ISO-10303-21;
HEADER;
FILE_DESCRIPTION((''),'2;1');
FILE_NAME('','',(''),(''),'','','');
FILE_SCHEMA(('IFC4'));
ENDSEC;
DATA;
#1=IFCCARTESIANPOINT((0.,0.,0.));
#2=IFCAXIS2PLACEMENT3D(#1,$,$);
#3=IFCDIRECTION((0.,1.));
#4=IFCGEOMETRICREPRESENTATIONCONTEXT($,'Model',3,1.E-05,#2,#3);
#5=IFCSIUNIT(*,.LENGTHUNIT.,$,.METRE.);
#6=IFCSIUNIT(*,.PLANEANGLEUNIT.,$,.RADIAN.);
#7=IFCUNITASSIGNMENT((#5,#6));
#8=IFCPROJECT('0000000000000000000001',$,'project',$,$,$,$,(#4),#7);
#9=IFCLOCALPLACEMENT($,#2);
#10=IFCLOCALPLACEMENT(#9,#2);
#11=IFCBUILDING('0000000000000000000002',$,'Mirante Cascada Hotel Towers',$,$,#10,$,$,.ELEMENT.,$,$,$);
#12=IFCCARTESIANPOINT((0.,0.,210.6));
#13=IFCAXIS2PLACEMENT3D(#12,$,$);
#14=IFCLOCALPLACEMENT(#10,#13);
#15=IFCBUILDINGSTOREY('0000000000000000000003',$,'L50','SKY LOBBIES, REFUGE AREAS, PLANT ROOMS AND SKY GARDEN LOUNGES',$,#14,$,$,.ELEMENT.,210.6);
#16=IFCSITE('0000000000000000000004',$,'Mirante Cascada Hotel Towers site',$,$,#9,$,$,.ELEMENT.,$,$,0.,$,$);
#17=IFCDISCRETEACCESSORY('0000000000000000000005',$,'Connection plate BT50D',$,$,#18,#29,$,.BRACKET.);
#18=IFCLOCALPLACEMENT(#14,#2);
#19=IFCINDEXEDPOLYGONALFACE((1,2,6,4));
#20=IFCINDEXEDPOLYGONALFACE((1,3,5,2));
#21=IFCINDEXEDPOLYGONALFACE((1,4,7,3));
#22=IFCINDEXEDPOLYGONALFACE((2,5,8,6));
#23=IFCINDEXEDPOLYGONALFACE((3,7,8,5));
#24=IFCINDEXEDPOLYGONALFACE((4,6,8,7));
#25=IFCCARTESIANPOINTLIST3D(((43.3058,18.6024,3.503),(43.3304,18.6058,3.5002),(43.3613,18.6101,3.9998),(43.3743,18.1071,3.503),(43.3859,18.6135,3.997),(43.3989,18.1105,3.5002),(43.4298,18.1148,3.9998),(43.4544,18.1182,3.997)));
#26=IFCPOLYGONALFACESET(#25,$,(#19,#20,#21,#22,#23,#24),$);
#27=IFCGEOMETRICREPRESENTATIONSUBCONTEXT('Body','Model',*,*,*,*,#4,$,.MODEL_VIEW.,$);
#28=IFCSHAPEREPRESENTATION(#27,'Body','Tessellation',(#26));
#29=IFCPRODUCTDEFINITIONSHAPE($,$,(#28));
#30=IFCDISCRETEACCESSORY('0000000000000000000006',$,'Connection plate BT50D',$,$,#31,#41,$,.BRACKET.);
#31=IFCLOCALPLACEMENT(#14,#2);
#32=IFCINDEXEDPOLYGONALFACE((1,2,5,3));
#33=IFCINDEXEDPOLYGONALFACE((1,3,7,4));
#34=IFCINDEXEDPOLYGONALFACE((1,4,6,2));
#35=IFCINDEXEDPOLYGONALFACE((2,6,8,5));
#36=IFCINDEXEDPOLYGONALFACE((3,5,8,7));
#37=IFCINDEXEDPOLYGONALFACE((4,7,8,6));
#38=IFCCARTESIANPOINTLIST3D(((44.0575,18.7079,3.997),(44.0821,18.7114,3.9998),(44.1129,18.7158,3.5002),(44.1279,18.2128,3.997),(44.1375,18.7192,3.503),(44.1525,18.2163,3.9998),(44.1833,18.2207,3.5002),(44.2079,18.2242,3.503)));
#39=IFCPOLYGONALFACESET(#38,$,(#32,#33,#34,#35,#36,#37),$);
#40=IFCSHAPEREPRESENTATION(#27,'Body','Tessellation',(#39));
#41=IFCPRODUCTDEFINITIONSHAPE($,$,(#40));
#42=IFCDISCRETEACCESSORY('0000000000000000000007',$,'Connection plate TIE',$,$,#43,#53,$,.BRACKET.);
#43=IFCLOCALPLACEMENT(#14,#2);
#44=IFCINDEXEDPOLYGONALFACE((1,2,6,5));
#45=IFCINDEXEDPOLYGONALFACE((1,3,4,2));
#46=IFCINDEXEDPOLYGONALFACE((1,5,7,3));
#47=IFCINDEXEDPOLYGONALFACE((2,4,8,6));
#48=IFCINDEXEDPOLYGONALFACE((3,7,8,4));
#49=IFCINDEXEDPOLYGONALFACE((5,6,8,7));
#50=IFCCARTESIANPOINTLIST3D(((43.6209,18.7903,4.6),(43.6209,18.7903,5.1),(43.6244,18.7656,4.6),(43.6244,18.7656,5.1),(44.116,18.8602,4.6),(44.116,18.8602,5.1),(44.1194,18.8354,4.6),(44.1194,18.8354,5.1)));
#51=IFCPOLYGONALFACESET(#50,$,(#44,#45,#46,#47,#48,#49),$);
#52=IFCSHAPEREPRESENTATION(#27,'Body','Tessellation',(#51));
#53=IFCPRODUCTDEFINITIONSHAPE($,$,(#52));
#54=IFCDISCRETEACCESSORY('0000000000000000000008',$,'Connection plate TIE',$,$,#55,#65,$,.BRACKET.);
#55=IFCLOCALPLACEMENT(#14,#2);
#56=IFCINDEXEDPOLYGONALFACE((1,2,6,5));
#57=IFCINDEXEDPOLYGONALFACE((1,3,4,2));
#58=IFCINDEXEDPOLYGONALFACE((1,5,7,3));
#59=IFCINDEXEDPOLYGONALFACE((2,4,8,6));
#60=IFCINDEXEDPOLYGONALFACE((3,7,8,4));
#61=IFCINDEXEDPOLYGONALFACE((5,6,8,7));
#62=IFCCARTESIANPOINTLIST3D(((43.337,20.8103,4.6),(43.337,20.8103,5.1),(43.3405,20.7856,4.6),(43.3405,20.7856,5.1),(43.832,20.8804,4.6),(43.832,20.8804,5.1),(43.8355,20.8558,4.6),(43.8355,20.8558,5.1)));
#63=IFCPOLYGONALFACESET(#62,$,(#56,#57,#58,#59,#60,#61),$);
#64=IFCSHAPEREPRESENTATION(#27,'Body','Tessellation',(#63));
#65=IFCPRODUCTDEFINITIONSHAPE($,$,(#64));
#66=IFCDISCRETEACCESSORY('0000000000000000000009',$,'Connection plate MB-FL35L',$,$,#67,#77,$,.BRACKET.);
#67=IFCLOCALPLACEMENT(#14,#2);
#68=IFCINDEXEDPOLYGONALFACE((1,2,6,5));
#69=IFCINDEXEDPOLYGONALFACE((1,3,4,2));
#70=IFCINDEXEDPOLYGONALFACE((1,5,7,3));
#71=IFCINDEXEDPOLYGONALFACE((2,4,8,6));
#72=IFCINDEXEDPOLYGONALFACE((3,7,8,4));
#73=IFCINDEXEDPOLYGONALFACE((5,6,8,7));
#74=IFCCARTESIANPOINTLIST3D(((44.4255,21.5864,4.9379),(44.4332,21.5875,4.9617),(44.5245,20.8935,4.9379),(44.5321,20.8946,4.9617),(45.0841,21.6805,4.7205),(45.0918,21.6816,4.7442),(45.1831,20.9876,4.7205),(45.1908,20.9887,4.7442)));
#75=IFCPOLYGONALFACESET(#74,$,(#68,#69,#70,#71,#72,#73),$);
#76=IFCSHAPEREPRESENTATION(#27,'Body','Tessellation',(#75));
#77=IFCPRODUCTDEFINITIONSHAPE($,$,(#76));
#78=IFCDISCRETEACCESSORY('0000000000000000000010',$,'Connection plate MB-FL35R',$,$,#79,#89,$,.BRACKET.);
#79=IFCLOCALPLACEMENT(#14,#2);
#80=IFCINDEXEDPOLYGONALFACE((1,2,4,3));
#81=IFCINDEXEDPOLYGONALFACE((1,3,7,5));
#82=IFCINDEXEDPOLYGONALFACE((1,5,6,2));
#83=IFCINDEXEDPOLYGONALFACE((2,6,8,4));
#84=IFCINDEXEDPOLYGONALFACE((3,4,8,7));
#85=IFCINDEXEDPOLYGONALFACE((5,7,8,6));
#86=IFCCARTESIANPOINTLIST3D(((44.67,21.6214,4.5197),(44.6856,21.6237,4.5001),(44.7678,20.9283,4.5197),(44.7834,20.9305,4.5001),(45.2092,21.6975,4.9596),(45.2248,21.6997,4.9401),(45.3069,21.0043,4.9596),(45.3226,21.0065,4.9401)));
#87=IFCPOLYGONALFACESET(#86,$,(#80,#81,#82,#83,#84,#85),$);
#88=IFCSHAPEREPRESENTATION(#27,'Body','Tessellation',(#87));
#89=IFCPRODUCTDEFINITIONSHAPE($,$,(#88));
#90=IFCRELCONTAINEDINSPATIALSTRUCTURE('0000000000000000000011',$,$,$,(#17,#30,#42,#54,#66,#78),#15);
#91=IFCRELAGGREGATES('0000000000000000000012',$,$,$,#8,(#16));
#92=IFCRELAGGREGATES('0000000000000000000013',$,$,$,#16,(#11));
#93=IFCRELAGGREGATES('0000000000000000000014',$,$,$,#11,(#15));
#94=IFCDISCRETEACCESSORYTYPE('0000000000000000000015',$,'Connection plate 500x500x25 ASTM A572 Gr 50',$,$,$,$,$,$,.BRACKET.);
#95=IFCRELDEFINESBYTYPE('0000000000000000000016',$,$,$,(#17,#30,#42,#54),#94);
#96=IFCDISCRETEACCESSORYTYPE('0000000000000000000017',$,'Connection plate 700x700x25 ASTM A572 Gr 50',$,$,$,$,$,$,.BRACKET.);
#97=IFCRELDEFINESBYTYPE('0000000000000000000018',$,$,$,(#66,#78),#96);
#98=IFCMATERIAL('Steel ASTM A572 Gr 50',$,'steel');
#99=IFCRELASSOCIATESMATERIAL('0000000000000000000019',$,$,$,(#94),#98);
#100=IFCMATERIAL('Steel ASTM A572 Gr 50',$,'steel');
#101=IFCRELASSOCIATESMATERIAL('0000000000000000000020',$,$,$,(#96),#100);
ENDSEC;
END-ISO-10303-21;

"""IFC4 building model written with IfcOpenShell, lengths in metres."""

from ifc_helpers import new_model, si_unit, direction, frame, origin, origin_2d, place, context, subcontext, project, spatial, rectangle, extrude, material, material_profile, profile_set, type_object, element, save


model = new_model("IFC4")

# Units and contexts
model_context = context("Model", 3, precision=1e-05, world=origin(), true_north=direction((0.0, 1.0)))
body_context = subcontext(model_context, "Body", "Model", "MODEL_VIEW")
ifc_project = project(units=[si_unit("LENGTHUNIT", "METRE"), si_unit("PLANEANGLEUNIT", "RADIAN")], contexts=[model_context])

# Site, building, storey
site_placement = place(None, origin())
site = spatial("IfcSite", under=ifc_project, at=site_placement, Name="Mirante Cascada Hotel Towers site", CompositionType="ELEMENT", RefElevation=0.0)
building_placement = place(site_placement, origin())
building = spatial("IfcBuilding", under=site, at=building_placement, Name="Mirante Cascada Hotel Towers", CompositionType="ELEMENT")
storey_placement = place(building_placement, frame((0.0, 0.0, 210.6)))
storey = spatial("IfcBuildingStorey", under=building, at=storey_placement, Name="L50", Description="SKY LOBBIES, REFUGE AREAS, PLANT ROOMS AND SKY GARDEN LOUNGES", CompositionType="ELEMENT", Elevation=210.6)

# Discrete accessories
ifc_material_1 = material(Name="Steel ASTM A572 Gr 50", Category="steel")
ifc_material_profile_1 = material_profile(ifc_material_1, rectangle(XDim=0.5, YDim=0.5, at=origin_2d()), Name="Connection plate 500x500x25 ASTM A572 Gr 50")
ifc_profile_set_1 = profile_set([ifc_material_profile_1], Name="Steel ASTM A572 Gr 50")
discrete_accessory_type_1 = type_object("IfcDiscreteAccessoryType", Name="Connection plate 500x500x25 ASTM A572 Gr 50", PredefinedType="BRACKET", material=ifc_profile_set_1)
for number, where, z_axis, x_axis, name in (
    (1, (43.3678, 18.3586, 3.7514), (0.984347, 0.136048, -0.112039), (-0.13691, 0.990583, 0.0), "Connection plate BT50D"),
    (2, (44.1204, 18.4643, 3.7486), (0.983803, 0.139972, 0.111978), (-0.140858, 0.99003, 0.0), "Connection plate BT50D"),
    (3, (43.8719, 18.8005, 4.85), (-0.139744, 0.990188, 0.0), (-0.990188, -0.139744, 0.0), "Connection plate TIE"),
):
    element("IfcDiscreteAccessory", number, at=place(storey_placement, frame(where, z_axis=z_axis, x_axis=x_axis)), inside=storey, type_object=discrete_accessory_type_1, Name=name, PredefinedType="BRACKET", context=body_context, shape_type="SweptSolid", body=[
        extrude(rectangle(XDim=0.5, YDim=0.5, at=origin_2d()), origin(), (0.0, 0.0, 1.0), 0.025),
    ])
discrete_accessory_1_placement = place(storey_placement, frame((43.588, 20.8207, 4.85), z_axis=(-0.140299, 0.990109, 0.0), x_axis=(-0.990109, -0.140299, 0.0)))
element("IfcDiscreteAccessory", 4, at=discrete_accessory_1_placement, inside=storey, type_object=discrete_accessory_type_1, Name="Connection plate TIE", PredefinedType="BRACKET", context=body_context, shape_type="SweptSolid", body=[
    extrude(rectangle(XDim=0.5, YDim=0.5, at=origin_2d()), origin(), (0.0, 0.0, 1.0), 0.0249),
])
ifc_material_2 = material(Name="Steel ASTM A572 Gr 50", Category="steel")
ifc_material_profile_2 = material_profile(ifc_material_2, rectangle(XDim=0.7, YDim=0.7, at=origin_2d()), Name="Connection plate 700x700x25 ASTM A572 Gr 50")
ifc_profile_set_2 = profile_set([ifc_material_profile_2], Name="Steel ASTM A572 Gr 50")
discrete_accessory_type_2 = type_object("IfcDiscreteAccessoryType", Name="Connection plate 700x700x25 ASTM A572 Gr 50", PredefinedType="BRACKET", material=ifc_profile_set_2)
discrete_accessory_2_placement = place(storey_placement, frame((44.8043, 21.287, 4.8292), z_axis=(0.307523, 0.043932, 0.950526), x_axis=(-0.141421, 0.98995, 0.0)))
element("IfcDiscreteAccessory", 5, at=discrete_accessory_2_placement, inside=storey, type_object=discrete_accessory_type_2, Name="Connection plate MB-FL35L", PredefinedType="BRACKET", context=body_context, shape_type="SweptSolid", body=[
    extrude(rectangle(XDim=0.7, YDim=0.7, at=origin_2d()), origin(), (0.0, 0.0, 1.0), 0.025),
])
discrete_accessory_3_placement = place(storey_placement, frame((45.0041, 21.3151, 4.7201), z_axis=(-0.622285, -0.087758, 0.777856), x_axis=(0.139644, -0.990202, 0.0)))
element("IfcDiscreteAccessory", 6, at=discrete_accessory_3_placement, inside=storey, type_object=discrete_accessory_type_2, Name="Connection plate MB-FL35R", PredefinedType="BRACKET", context=body_context, shape_type="SweptSolid", body=[
    extrude(rectangle(XDim=0.7, YDim=0.7, at=origin_2d()), origin(), (0.0, 0.0, 1.0), 0.0251),
])

save(model, "model.ifc")
